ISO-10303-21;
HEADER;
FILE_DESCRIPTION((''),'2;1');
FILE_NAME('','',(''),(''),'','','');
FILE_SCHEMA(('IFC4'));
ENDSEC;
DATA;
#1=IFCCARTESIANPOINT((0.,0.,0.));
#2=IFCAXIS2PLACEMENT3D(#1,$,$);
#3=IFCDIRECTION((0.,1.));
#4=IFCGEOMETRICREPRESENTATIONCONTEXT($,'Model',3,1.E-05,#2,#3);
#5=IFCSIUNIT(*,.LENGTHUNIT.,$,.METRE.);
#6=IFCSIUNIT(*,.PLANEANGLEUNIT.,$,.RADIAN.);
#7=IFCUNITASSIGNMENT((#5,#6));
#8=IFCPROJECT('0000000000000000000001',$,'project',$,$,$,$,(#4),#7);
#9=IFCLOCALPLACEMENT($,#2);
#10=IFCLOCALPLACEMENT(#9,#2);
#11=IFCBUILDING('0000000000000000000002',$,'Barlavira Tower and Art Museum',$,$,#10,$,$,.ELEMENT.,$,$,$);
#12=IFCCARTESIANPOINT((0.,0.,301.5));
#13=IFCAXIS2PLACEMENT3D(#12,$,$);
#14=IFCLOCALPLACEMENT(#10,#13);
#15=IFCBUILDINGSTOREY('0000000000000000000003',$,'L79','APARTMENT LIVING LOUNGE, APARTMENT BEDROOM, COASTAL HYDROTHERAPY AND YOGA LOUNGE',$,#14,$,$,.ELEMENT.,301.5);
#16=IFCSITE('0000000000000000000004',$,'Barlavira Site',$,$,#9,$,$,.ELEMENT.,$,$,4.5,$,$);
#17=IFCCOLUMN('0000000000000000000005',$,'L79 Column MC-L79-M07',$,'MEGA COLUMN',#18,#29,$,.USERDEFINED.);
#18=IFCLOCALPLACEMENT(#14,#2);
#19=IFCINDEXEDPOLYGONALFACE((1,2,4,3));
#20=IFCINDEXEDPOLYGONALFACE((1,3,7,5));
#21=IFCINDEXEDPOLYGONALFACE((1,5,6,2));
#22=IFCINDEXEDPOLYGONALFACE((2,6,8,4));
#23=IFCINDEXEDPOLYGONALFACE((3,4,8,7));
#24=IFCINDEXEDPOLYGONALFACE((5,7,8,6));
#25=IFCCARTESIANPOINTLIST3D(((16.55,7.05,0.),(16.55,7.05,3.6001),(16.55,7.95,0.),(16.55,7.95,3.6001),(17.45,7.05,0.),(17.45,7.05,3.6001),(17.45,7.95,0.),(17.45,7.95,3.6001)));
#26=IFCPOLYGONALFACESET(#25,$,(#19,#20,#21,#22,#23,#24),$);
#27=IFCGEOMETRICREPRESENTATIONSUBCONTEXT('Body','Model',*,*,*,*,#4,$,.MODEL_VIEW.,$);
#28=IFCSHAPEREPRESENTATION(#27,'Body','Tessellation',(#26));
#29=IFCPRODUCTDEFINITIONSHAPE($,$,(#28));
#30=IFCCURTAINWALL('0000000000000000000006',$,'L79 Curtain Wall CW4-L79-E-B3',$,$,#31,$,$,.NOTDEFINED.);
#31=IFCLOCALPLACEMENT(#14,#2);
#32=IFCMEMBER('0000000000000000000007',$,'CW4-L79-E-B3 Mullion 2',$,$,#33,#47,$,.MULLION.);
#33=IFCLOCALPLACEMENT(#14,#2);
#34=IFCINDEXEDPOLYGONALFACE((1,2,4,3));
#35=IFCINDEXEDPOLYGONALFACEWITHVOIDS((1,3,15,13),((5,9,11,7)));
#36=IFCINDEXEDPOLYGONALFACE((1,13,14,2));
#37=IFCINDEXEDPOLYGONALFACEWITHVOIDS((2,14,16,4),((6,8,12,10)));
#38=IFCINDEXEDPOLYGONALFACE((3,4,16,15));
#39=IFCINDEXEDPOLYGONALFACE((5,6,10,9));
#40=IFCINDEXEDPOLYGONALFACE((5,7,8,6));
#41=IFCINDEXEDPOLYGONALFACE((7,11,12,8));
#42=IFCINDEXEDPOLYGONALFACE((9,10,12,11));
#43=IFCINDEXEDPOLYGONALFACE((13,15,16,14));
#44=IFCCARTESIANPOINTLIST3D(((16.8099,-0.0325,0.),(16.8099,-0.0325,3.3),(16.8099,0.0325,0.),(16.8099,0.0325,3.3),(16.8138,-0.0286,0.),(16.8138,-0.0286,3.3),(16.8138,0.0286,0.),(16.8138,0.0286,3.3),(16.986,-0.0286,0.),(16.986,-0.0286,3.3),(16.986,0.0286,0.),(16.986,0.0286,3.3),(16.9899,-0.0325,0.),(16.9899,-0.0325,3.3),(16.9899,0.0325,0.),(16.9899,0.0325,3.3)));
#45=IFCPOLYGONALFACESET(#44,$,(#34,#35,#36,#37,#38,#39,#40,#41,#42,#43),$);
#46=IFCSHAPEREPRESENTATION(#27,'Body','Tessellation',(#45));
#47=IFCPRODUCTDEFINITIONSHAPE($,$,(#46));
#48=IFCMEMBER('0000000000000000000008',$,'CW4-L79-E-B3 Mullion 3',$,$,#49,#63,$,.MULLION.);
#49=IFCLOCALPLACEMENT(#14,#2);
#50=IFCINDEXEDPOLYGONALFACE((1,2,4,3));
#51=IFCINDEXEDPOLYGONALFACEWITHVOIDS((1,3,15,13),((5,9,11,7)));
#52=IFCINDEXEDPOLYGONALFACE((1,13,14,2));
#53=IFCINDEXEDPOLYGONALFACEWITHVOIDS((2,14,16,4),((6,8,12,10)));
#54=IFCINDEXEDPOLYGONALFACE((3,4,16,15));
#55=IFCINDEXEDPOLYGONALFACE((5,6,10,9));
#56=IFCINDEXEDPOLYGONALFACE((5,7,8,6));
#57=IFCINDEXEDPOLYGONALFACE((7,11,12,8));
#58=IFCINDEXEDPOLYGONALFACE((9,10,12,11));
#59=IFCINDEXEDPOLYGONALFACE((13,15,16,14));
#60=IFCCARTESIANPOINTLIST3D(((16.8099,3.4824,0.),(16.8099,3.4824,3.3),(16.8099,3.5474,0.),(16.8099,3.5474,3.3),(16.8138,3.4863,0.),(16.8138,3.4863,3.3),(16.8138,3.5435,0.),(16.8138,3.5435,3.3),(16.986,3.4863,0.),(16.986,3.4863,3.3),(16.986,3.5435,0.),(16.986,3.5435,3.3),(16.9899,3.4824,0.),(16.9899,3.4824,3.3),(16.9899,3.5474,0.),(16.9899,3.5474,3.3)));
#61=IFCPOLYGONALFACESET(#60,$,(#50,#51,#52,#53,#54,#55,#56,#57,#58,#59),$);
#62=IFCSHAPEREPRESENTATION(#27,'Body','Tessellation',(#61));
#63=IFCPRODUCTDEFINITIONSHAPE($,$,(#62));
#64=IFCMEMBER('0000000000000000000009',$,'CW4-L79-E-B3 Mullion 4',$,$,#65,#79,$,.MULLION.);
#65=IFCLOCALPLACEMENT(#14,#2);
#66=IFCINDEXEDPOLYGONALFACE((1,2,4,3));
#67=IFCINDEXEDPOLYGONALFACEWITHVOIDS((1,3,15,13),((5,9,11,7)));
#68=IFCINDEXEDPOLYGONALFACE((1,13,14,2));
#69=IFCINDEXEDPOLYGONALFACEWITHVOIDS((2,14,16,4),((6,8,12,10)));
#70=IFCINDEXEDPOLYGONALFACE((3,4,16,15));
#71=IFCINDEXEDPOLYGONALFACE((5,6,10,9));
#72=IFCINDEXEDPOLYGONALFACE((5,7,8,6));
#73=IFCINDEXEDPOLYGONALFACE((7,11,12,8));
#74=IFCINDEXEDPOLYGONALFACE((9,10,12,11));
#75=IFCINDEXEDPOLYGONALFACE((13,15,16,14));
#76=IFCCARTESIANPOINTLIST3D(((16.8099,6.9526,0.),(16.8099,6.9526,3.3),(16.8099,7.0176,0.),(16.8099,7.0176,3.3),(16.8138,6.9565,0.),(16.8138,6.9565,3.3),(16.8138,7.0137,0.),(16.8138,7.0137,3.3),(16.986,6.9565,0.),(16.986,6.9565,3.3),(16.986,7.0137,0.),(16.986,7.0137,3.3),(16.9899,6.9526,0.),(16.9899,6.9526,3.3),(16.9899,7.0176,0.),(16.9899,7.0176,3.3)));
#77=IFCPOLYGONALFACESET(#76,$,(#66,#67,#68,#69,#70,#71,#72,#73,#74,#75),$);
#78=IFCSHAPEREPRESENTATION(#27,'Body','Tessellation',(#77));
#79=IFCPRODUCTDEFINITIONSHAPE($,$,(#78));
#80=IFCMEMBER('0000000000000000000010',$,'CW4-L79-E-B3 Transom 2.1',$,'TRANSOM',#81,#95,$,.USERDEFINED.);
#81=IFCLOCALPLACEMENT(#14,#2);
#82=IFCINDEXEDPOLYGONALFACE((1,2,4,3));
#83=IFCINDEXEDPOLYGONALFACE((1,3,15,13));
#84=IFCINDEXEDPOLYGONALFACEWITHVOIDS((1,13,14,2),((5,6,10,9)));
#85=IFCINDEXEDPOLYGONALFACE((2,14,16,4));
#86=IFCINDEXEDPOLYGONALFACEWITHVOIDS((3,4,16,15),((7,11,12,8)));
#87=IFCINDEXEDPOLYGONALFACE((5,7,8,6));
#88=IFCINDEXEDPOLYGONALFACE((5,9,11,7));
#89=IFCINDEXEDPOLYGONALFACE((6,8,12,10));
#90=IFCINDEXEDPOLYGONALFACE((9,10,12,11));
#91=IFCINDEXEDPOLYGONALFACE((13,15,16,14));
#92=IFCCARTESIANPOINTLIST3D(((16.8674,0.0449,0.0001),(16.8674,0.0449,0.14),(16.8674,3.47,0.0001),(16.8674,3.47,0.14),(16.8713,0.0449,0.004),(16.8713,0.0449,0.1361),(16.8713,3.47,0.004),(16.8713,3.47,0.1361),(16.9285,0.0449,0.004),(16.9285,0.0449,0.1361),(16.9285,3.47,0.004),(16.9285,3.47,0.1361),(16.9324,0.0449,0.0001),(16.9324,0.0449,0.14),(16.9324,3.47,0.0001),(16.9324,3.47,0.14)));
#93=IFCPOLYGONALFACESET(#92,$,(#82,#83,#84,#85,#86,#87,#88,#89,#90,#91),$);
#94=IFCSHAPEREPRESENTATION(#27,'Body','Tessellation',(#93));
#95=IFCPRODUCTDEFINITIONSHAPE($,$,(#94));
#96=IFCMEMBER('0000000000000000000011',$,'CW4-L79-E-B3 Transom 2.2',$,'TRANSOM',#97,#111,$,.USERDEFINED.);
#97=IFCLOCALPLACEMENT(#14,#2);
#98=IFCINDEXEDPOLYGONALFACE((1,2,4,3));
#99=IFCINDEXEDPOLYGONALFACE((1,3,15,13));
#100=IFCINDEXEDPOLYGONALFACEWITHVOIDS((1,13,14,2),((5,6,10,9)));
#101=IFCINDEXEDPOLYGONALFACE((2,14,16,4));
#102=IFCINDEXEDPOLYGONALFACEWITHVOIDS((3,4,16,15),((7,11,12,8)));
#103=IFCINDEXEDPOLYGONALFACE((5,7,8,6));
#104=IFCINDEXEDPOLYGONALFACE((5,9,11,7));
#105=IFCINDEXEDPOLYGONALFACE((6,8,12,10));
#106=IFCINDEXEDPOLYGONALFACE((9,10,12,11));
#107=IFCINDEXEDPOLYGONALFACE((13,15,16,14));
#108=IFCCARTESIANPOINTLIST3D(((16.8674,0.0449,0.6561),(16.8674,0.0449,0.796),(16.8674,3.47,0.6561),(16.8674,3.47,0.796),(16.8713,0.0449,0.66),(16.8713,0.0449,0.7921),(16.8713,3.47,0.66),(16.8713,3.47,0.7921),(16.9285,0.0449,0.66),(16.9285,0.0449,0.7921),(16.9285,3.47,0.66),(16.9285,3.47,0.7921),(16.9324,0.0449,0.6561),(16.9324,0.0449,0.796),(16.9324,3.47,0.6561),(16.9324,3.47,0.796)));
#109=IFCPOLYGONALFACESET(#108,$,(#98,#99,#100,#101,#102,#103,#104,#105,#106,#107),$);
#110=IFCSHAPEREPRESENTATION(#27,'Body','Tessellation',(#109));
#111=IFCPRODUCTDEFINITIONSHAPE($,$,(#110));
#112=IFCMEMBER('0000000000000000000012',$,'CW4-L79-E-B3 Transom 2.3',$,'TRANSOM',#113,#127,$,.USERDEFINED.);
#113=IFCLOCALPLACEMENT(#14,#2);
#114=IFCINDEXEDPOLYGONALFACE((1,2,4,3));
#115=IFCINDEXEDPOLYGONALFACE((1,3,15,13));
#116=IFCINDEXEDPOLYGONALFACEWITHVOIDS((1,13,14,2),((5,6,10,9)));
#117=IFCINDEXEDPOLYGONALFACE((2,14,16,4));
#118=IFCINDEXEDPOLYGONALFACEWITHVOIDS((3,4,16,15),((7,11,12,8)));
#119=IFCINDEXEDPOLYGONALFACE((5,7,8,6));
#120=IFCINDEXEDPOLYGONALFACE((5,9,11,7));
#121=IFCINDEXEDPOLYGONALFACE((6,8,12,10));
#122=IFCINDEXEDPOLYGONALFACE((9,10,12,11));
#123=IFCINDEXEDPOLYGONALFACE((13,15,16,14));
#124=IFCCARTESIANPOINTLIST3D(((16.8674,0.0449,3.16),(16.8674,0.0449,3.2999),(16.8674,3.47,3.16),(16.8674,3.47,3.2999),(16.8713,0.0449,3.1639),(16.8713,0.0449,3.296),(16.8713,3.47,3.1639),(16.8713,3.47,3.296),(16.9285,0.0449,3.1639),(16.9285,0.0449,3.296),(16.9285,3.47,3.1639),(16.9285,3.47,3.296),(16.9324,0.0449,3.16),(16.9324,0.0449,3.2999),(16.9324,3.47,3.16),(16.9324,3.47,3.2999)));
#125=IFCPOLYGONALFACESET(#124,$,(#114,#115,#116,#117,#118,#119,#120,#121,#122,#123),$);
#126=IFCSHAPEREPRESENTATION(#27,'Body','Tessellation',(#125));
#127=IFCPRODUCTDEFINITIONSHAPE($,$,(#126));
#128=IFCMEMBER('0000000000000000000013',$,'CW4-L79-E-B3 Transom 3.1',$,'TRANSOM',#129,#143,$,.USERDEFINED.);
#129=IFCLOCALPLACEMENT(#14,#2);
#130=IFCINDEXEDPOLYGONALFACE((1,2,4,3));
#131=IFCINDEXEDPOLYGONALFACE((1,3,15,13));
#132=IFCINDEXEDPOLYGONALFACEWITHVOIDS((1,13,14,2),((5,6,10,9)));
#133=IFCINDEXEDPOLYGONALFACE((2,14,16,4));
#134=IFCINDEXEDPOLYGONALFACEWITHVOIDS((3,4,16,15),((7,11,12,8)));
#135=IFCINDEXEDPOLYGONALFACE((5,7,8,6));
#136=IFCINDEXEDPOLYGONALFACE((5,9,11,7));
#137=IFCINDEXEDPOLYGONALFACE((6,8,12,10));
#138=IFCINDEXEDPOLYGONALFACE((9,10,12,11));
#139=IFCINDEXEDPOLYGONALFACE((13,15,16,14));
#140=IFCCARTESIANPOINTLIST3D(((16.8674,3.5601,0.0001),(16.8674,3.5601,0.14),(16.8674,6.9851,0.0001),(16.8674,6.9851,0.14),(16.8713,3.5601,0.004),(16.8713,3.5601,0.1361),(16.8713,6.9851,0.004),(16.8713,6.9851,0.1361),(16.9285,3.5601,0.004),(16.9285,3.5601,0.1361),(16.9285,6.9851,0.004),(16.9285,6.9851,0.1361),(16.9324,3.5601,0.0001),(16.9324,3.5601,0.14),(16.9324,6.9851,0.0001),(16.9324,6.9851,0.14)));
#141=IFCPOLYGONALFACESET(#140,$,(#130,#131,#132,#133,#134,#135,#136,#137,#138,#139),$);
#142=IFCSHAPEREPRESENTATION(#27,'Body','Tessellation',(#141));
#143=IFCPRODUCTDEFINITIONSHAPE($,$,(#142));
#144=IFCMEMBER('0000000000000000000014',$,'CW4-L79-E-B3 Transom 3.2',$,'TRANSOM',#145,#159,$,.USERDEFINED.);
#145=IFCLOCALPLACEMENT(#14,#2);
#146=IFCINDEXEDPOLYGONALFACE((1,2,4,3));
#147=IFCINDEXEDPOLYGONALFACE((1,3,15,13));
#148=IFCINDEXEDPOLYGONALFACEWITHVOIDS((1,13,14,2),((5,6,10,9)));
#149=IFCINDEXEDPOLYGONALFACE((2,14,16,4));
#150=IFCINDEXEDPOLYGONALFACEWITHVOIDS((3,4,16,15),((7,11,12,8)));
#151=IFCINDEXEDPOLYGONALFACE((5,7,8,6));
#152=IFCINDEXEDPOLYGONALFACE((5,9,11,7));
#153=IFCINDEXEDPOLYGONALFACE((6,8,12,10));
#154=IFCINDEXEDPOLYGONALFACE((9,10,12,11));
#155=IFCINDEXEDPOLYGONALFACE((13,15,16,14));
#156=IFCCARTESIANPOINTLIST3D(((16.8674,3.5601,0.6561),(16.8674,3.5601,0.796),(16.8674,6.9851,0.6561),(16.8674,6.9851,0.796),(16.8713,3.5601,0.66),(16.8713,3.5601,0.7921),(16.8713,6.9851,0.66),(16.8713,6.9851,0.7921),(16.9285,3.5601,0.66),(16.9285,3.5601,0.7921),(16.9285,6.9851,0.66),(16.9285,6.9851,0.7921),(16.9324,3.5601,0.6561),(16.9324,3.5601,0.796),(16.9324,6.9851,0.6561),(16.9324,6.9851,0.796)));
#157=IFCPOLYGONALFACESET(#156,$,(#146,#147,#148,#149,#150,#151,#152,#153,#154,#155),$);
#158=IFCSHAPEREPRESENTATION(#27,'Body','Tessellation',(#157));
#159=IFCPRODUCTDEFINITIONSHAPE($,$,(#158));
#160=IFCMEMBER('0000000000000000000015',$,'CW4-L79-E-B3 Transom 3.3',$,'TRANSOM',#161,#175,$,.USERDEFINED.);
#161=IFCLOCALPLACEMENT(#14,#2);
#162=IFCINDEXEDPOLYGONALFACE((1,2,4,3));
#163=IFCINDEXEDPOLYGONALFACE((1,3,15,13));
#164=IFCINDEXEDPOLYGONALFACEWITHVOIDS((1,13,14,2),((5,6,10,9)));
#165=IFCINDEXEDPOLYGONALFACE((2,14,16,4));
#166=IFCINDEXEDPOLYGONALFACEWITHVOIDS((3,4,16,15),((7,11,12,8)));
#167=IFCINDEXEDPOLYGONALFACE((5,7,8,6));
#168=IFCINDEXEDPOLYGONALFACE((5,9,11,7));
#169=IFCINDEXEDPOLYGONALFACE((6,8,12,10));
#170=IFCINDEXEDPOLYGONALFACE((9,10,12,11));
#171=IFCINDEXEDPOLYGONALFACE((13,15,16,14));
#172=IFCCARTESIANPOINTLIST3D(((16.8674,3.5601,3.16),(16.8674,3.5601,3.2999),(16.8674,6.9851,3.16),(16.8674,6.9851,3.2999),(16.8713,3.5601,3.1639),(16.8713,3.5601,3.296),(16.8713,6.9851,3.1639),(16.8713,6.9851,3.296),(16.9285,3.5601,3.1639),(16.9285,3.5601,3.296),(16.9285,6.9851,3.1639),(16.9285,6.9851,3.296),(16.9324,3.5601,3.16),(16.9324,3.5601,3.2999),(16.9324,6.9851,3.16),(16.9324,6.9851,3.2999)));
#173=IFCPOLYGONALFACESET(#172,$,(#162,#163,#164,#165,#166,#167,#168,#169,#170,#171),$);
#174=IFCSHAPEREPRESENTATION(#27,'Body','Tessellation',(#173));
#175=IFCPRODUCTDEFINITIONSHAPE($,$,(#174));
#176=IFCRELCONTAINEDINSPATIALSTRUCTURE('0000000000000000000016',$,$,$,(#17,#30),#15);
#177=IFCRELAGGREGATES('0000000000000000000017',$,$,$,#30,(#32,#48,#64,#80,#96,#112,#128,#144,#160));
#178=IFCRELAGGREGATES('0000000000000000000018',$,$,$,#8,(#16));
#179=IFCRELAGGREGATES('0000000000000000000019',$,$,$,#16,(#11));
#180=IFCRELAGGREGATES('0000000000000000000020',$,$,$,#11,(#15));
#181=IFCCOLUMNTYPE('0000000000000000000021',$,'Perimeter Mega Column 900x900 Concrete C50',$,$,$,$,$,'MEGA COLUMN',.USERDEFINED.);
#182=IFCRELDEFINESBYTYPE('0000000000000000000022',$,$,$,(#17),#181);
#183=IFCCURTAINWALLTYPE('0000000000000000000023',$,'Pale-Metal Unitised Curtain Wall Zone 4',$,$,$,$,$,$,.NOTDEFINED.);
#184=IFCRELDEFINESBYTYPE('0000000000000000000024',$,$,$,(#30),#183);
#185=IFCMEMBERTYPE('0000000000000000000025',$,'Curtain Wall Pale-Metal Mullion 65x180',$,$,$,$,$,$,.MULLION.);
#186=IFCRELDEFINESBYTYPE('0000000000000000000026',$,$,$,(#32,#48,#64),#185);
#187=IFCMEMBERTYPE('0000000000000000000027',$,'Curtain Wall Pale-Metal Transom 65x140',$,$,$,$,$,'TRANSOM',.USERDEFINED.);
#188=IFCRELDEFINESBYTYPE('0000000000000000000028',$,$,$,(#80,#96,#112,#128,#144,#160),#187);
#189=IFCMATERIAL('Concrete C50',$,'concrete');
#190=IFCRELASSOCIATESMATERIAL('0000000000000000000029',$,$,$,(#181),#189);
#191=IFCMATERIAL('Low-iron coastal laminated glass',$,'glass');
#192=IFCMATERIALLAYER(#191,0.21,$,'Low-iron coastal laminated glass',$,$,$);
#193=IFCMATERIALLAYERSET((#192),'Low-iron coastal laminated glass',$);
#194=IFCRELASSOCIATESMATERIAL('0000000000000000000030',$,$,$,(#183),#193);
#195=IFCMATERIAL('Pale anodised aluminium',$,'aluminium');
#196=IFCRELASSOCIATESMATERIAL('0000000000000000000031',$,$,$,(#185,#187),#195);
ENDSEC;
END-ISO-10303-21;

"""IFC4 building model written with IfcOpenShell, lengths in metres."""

from ifc_helpers import new_model, si_unit, direction, frame, origin, origin_2d, place, context, subcontext, project, spatial, rectangle, hollow_rectangle, extrude, material, layer, layer_set, material_profile, profile_set, type_object, element, aggregate, save


model = new_model("IFC4")

# Units and contexts
model_context = context("Model", 3, precision=1e-05, world=origin(), true_north=direction((0.0, 1.0)))
body_context = subcontext(model_context, "Body", "Model", "MODEL_VIEW")
ifc_project = project(units=[si_unit("LENGTHUNIT", "METRE"), si_unit("PLANEANGLEUNIT", "RADIAN")], contexts=[model_context])

# Site, building, storey
site_placement = place(None, origin())
site = spatial("IfcSite", under=ifc_project, at=site_placement, Name="Barlavira Site", CompositionType="ELEMENT", RefElevation=4.5)
building_placement = place(site_placement, origin())
building = spatial("IfcBuilding", under=site, at=building_placement, Name="Barlavira Tower and Art Museum", CompositionType="ELEMENT")
storey_placement = place(building_placement, frame((0.0, 0.0, 301.5)))
storey = spatial("IfcBuildingStorey", under=building, at=storey_placement, Name="L79", Description="APARTMENT LIVING LOUNGE, APARTMENT BEDROOM, COASTAL HYDROTHERAPY AND YOGA LOUNGE", CompositionType="ELEMENT", Elevation=301.5)

# Column
ifc_material_1 = material(Name="Concrete C50", Category="concrete")
ifc_material_profile_1 = material_profile(ifc_material_1, rectangle(XDim=0.8999, YDim=0.8999, at=origin_2d()), Name="RC-COL 900x900")
ifc_profile_set_1 = profile_set([ifc_material_profile_1], Name="Concrete C50")
column_type = type_object("IfcColumnType", Name="Perimeter Mega Column 900x900 Concrete C50", ElementType="MEGA COLUMN", PredefinedType="USERDEFINED", material=ifc_profile_set_1)
column_placement = place(storey_placement, frame((17.0, 7.5, 0.0), z_axis=(0.0, 0.0, 1.0), x_axis=(1.0, 0.0, 0.0)))
element("IfcColumn", 1, at=column_placement, inside=storey, type_object=column_type, Name="L79 Column MC-L79-M07", ObjectType="MEGA COLUMN", PredefinedType="USERDEFINED", context=body_context, shape_type="SweptSolid", body=[
    extrude(rectangle(XDim=0.8999, YDim=0.8999, at=origin_2d()), origin(), (0.0, 0.0, 1.0), 3.6001),
])

# Curtain wall, members
ifc_material_2 = material(Name="Low-iron coastal laminated glass", Category="glass")
ifc_layer_1 = layer(ifc_material_2, 0.21, Name="Low-iron coastal laminated glass")
ifc_layer_set_1 = layer_set([ifc_layer_1], Name="Low-iron coastal laminated glass")
curtain_wall_type = type_object("IfcCurtainWallType", Name="Pale-Metal Unitised Curtain Wall Zone 4", PredefinedType="NOTDEFINED", material=ifc_layer_set_1)
curtain_wall_placement = place(storey_placement, origin())
curtain_wall = element("IfcCurtainWall", 2, at=curtain_wall_placement, inside=storey, type_object=curtain_wall_type, Name="L79 Curtain Wall CW4-L79-E-B3", PredefinedType="NOTDEFINED")
ifc_material_3 = material(Name="Pale anodised aluminium", Category="aluminium")
ifc_material_profile_2 = material_profile(ifc_material_3, hollow_rectangle(XDim=0.0649, YDim=0.1799, WallThickness=0.0039, at=origin_2d()), Name="ALU-MULL 65x180x4")
ifc_profile_set_2 = profile_set([ifc_material_profile_2], Name="Pale anodised aluminium")
member_type_1 = type_object("IfcMemberType", Name="Curtain Wall Pale-Metal Mullion 65x180", PredefinedType="MULLION", material=ifc_profile_set_2)
member_1_placement = place(storey_placement, frame((16.8999, 0.0, 0.0), z_axis=(0.0, 0.0, 1.0), x_axis=(0.0, 1.0, 0.0)))
member_1 = element("IfcMember", 3, at=member_1_placement, type_object=member_type_1, Name="CW4-L79-E-B3 Mullion 2", PredefinedType="MULLION", context=body_context, shape_type="SweptSolid", body=[
    extrude(hollow_rectangle(XDim=0.0649, YDim=0.1799, WallThickness=0.0039, at=origin_2d()), origin(), (0.0, 0.0, 1.0), 3.3),
])
member_2_placement = place(storey_placement, frame((16.8999, 3.5149, 0.0), z_axis=(0.0, 0.0, 1.0), x_axis=(0.0, 1.0, 0.0)))
member_2 = element("IfcMember", 4, at=member_2_placement, type_object=member_type_1, Name="CW4-L79-E-B3 Mullion 3", PredefinedType="MULLION", context=body_context, shape_type="SweptSolid", body=[
    extrude(hollow_rectangle(XDim=0.0649, YDim=0.1799, WallThickness=0.0039, at=origin_2d()), origin(), (0.0, 0.0, 1.0), 3.3),
])
member_3_placement = place(storey_placement, frame((16.8999, 6.9851, 0.0), z_axis=(0.0, 0.0, 1.0), x_axis=(0.0, 1.0, 0.0)))
member_3 = element("IfcMember", 5, at=member_3_placement, type_object=member_type_1, Name="CW4-L79-E-B3 Mullion 4", PredefinedType="MULLION", context=body_context, shape_type="SweptSolid", body=[
    extrude(hollow_rectangle(XDim=0.0649, YDim=0.1799, WallThickness=0.0039, at=origin_2d()), origin(), (0.0, 0.0, 1.0), 3.3),
])
ifc_material_profile_3 = material_profile(ifc_material_3, hollow_rectangle(XDim=0.0649, YDim=0.1399, WallThickness=0.0039, at=origin_2d()), Name="ALU-TRAN 65x140x4")
ifc_profile_set_3 = profile_set([ifc_material_profile_3], Name="Pale anodised aluminium")
member_type_2 = type_object("IfcMemberType", Name="Curtain Wall Pale-Metal Transom 65x140", ElementType="TRANSOM", PredefinedType="USERDEFINED", material=ifc_profile_set_3)
member_4_placement = place(storey_placement, frame((16.8999, 0.0449, 0.0701), z_axis=(0.0, 1.0, 0.0), x_axis=(-1.0, 0.0, 0.0)))
member_4 = element("IfcMember", 6, at=member_4_placement, type_object=member_type_2, Name="CW4-L79-E-B3 Transom 2.1", ObjectType="TRANSOM", PredefinedType="USERDEFINED", context=body_context, shape_type="SweptSolid", body=[
    extrude(hollow_rectangle(XDim=0.0649, YDim=0.1399, WallThickness=0.0039, at=origin_2d()), origin(), (0.0, 0.0, 1.0), 3.425),
])
member_5_placement = place(storey_placement, frame((16.8999, 0.0449, 0.7261), z_axis=(0.0, 1.0, 0.0), x_axis=(-1.0, 0.0, 0.0)))
member_5 = element("IfcMember", 7, at=member_5_placement, type_object=member_type_2, Name="CW4-L79-E-B3 Transom 2.2", ObjectType="TRANSOM", PredefinedType="USERDEFINED", context=body_context, shape_type="SweptSolid", body=[
    extrude(hollow_rectangle(XDim=0.0649, YDim=0.1399, WallThickness=0.0039, at=origin_2d()), origin(), (0.0, 0.0, 1.0), 3.425),
])
member_6_placement = place(storey_placement, frame((16.8999, 0.0449, 3.23), z_axis=(0.0, 1.0, 0.0), x_axis=(-1.0, 0.0, 0.0)))
member_6 = element("IfcMember", 8, at=member_6_placement, type_object=member_type_2, Name="CW4-L79-E-B3 Transom 2.3", ObjectType="TRANSOM", PredefinedType="USERDEFINED", context=body_context, shape_type="SweptSolid", body=[
    extrude(hollow_rectangle(XDim=0.0649, YDim=0.1399, WallThickness=0.0039, at=origin_2d()), origin(), (0.0, 0.0, 1.0), 3.425),
])
member_7_placement = place(storey_placement, frame((16.8999, 3.5601, 0.0701), z_axis=(0.0, 1.0, 0.0), x_axis=(-1.0, 0.0, 0.0)))
member_7 = element("IfcMember", 9, at=member_7_placement, type_object=member_type_2, Name="CW4-L79-E-B3 Transom 3.1", ObjectType="TRANSOM", PredefinedType="USERDEFINED", context=body_context, shape_type="SweptSolid", body=[
    extrude(hollow_rectangle(XDim=0.0649, YDim=0.1399, WallThickness=0.0039, at=origin_2d()), origin(), (0.0, 0.0, 1.0), 3.425),
])
member_8_placement = place(storey_placement, frame((16.8999, 3.5601, 0.7261), z_axis=(0.0, 1.0, 0.0), x_axis=(-1.0, 0.0, 0.0)))
member_8 = element("IfcMember", 10, at=member_8_placement, type_object=member_type_2, Name="CW4-L79-E-B3 Transom 3.2", ObjectType="TRANSOM", PredefinedType="USERDEFINED", context=body_context, shape_type="SweptSolid", body=[
    extrude(hollow_rectangle(XDim=0.0649, YDim=0.1399, WallThickness=0.0039, at=origin_2d()), origin(), (0.0, 0.0, 1.0), 3.425),
])
member_9_placement = place(storey_placement, frame((16.8999, 3.5601, 3.23), z_axis=(0.0, 1.0, 0.0), x_axis=(-1.0, 0.0, 0.0)))
member_9 = element("IfcMember", 11, at=member_9_placement, type_object=member_type_2, Name="CW4-L79-E-B3 Transom 3.3", ObjectType="TRANSOM", PredefinedType="USERDEFINED", context=body_context, shape_type="SweptSolid", body=[
    extrude(hollow_rectangle(XDim=0.0649, YDim=0.1399, WallThickness=0.0039, at=origin_2d()), origin(), (0.0, 0.0, 1.0), 3.425),
])

aggregate(curtain_wall, [member_1, member_2, member_3, member_4, member_5, member_6, member_7, member_8, member_9])

save(model, "model.ifc")
